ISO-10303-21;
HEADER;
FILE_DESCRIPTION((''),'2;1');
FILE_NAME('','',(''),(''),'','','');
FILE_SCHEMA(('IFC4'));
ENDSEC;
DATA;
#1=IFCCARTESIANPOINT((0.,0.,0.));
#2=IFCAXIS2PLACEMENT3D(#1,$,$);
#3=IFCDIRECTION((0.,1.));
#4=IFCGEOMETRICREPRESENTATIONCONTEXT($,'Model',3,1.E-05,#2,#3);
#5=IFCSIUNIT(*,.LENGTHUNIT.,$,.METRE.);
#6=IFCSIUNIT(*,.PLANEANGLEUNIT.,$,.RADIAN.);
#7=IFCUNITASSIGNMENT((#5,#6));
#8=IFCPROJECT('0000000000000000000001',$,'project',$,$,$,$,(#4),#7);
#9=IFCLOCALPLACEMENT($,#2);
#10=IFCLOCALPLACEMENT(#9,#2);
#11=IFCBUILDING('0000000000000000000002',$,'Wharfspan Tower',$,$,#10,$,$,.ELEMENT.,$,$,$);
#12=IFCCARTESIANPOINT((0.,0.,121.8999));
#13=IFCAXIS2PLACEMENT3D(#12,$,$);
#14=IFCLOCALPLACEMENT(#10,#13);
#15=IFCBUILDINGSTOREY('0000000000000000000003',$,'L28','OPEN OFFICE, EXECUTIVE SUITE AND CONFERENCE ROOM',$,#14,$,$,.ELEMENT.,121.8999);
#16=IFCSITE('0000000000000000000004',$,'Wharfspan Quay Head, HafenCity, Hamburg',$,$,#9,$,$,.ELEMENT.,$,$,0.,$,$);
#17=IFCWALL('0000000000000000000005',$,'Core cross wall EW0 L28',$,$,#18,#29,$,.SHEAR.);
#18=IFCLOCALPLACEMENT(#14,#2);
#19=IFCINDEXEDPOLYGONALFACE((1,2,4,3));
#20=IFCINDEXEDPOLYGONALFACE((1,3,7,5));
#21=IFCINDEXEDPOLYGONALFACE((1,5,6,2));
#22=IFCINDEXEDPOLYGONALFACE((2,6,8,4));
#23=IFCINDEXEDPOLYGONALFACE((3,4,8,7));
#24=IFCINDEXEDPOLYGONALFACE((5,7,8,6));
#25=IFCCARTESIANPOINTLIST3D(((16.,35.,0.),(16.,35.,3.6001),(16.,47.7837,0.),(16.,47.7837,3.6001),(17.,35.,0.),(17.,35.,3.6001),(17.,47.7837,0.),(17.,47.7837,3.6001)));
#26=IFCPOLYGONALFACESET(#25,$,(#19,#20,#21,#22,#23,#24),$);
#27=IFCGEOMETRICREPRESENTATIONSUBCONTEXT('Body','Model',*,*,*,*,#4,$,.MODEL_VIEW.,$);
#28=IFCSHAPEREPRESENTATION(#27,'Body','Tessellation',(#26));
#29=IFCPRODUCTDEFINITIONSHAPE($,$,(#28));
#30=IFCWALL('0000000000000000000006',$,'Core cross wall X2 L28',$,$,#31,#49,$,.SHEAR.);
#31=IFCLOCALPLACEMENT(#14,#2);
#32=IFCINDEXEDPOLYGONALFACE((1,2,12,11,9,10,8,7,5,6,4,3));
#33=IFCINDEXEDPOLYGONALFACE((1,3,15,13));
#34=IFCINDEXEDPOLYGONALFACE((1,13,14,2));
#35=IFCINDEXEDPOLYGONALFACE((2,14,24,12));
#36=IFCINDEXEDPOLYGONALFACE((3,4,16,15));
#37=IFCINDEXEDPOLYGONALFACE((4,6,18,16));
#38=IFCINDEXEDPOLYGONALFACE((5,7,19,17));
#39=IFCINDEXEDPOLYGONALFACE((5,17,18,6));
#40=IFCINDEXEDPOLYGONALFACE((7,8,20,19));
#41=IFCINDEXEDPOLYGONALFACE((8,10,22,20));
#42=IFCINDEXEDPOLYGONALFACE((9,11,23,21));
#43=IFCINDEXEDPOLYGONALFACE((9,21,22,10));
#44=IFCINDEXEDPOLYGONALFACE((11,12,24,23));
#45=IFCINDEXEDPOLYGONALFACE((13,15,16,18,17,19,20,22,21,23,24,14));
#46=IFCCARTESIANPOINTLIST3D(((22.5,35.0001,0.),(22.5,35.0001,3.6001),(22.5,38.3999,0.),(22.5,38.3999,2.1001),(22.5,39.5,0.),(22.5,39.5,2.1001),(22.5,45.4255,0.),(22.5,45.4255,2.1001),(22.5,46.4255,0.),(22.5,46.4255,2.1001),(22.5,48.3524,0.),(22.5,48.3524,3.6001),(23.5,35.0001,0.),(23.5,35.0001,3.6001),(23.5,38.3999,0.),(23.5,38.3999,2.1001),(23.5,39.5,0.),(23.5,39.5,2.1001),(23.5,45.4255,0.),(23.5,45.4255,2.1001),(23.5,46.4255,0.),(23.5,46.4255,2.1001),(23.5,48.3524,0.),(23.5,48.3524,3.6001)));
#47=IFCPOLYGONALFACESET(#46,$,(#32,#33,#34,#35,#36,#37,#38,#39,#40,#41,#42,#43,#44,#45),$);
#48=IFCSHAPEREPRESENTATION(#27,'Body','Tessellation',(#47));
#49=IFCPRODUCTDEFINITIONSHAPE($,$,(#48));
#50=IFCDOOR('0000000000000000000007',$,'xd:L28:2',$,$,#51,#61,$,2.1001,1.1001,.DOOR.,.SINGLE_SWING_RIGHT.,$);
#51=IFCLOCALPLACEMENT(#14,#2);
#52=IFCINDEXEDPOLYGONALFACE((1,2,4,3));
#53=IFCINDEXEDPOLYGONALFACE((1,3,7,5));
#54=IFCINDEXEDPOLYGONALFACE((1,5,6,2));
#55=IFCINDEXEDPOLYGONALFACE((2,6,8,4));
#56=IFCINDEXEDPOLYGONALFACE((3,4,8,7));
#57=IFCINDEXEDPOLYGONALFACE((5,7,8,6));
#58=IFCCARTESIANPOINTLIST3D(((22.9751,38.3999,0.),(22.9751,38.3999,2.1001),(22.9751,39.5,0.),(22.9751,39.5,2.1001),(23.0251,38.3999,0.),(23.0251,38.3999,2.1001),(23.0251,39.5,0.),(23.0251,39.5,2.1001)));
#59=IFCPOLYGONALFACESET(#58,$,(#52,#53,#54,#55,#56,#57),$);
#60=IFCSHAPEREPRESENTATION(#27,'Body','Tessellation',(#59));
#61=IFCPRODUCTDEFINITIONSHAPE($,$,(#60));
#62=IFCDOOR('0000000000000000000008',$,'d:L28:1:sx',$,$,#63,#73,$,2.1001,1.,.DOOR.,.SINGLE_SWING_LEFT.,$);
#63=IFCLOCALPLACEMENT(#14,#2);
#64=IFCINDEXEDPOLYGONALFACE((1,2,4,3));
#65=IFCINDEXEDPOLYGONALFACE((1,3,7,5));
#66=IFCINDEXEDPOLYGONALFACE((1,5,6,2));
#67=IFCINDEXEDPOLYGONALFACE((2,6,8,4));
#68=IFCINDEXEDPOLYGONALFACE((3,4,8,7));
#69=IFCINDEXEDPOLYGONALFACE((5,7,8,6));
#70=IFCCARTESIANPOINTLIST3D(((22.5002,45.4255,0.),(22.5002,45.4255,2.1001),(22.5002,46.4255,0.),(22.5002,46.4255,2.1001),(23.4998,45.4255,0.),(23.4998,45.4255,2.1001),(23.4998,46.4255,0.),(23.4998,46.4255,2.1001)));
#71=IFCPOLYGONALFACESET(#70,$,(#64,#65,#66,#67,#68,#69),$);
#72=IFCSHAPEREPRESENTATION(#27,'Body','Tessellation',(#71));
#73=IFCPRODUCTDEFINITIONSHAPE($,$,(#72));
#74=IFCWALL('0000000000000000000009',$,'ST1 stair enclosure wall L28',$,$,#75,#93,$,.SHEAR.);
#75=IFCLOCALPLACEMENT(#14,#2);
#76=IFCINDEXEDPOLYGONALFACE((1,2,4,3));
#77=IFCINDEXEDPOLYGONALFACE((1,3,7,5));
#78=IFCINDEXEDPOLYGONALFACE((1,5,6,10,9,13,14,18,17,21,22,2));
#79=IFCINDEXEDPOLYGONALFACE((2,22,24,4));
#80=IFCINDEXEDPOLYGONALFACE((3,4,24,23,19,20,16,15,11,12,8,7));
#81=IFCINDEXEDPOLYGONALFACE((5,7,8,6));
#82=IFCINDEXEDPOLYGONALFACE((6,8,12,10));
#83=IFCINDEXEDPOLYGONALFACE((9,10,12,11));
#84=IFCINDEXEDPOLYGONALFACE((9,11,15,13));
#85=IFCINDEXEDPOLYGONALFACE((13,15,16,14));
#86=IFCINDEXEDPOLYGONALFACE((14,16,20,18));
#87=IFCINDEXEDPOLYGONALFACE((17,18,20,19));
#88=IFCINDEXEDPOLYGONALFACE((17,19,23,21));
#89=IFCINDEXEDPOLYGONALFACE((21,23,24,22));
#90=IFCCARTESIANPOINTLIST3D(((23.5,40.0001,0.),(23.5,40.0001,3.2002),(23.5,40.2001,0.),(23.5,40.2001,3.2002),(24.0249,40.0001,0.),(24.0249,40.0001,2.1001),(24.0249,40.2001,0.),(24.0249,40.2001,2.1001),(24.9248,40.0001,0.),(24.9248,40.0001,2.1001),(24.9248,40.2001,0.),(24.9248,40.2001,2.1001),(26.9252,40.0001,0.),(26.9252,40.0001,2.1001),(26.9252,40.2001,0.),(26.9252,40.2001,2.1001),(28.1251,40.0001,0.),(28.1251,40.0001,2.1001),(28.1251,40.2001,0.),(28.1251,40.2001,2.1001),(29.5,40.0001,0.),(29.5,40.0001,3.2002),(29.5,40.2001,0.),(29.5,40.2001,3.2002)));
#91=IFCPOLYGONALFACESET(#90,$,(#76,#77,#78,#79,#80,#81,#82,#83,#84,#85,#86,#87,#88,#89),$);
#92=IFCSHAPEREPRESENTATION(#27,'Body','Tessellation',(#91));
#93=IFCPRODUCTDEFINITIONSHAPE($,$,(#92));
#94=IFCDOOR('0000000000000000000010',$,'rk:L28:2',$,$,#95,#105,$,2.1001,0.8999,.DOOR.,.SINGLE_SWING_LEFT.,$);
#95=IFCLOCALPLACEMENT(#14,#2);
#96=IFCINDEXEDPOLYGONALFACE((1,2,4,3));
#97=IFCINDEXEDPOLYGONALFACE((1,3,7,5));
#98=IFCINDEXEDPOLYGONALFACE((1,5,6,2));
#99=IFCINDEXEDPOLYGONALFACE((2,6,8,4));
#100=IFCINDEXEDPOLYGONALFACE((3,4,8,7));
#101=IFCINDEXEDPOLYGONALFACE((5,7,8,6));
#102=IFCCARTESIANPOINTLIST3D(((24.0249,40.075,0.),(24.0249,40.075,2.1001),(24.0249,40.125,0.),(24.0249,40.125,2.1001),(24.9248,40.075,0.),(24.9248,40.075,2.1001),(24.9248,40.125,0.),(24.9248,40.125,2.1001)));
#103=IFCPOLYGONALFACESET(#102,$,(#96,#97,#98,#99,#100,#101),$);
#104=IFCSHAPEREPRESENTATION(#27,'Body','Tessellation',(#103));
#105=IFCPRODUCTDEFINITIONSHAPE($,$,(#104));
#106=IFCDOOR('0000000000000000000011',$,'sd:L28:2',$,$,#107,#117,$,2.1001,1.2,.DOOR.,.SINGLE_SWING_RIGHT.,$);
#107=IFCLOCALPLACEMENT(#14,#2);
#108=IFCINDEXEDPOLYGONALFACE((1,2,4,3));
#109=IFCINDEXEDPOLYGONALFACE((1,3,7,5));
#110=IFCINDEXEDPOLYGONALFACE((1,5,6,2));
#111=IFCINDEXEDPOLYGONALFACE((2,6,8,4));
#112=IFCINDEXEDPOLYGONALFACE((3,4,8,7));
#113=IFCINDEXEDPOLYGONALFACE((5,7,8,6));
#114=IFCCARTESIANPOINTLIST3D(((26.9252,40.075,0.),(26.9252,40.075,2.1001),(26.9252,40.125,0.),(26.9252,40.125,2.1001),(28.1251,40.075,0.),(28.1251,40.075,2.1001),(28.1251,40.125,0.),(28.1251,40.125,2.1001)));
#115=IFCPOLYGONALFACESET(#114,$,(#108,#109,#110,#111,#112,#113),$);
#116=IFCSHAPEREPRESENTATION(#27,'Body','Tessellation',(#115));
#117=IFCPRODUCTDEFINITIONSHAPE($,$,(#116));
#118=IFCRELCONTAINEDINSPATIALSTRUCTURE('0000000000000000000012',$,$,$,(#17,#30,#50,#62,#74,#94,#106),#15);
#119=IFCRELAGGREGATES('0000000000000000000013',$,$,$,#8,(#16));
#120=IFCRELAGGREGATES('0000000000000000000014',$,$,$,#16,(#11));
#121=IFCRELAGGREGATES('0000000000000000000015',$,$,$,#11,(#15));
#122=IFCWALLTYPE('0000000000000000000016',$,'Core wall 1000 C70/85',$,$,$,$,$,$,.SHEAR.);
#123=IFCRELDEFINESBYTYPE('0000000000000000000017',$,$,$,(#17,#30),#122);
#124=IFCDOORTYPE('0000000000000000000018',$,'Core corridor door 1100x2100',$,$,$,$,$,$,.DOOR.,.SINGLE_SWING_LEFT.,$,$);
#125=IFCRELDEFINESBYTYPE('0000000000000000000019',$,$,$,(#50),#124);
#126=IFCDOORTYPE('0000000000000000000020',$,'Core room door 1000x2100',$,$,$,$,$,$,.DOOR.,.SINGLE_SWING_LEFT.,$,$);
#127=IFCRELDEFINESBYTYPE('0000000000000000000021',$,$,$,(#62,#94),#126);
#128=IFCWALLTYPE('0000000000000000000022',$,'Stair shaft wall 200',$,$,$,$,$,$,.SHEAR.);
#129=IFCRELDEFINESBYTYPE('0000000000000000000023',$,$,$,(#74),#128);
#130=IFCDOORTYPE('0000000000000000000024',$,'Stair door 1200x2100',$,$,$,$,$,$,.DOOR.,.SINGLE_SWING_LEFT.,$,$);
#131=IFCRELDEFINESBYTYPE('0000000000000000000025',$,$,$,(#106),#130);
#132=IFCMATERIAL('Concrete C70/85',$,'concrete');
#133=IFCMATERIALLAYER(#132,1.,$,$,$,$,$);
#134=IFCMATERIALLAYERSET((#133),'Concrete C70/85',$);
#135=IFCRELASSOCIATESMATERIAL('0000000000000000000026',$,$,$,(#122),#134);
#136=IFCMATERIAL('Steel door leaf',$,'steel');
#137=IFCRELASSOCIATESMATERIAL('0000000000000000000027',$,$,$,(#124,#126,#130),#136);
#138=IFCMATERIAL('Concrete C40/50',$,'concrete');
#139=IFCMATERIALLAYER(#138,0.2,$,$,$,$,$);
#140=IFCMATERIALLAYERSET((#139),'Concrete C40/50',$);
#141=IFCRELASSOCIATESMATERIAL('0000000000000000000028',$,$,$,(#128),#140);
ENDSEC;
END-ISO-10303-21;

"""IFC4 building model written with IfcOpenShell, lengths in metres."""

from ifc_helpers import new_model, si_unit, direction, frame, frame_2d, origin, place, context, subcontext, project, spatial, rectangle, extrude, material, layer, layer_set, type_object, element, fill, save


model = new_model("IFC4")

# Units and contexts
model_context = context("Model", 3, precision=1e-05, world=origin(), true_north=direction((0.0, 1.0)))
body_context = subcontext(model_context, "Body", "Model", "MODEL_VIEW")
ifc_project = project(units=[si_unit("LENGTHUNIT", "METRE"), si_unit("PLANEANGLEUNIT", "RADIAN")], contexts=[model_context])

# Site, building, storey
site_placement = place(None, origin())
site = spatial("IfcSite", under=ifc_project, at=site_placement, Name="Wharfspan Quay Head, HafenCity, Hamburg", CompositionType="ELEMENT", RefElevation=0.0)
building_placement = place(site_placement, origin())
building = spatial("IfcBuilding", under=site, at=building_placement, Name="Wharfspan Tower", CompositionType="ELEMENT")
storey_placement = place(building_placement, frame((0.0, 0.0, 121.8999)))
storey = spatial("IfcBuildingStorey", under=building, at=storey_placement, Name="L28", Description="OPEN OFFICE, EXECUTIVE SUITE AND CONFERENCE ROOM", CompositionType="ELEMENT", Elevation=121.8999)

# Wall
ifc_material_1 = material(Name="Concrete C70/85", Category="concrete")
ifc_layer_1 = layer(ifc_material_1, 1.0)
ifc_layer_set_1 = layer_set([ifc_layer_1], Name="Concrete C70/85")
wall_type_1 = type_object("IfcWallType", Name="Core wall 1000 C70/85", PredefinedType="SHEAR", material=ifc_layer_set_1)
wall_1_placement = place(storey_placement, frame((16.5, 35.0, 0.0), z_axis=(0.0, 0.0, 1.0), x_axis=(0.0, 1.0, 0.0)))
element("IfcWall", 1, at=wall_1_placement, inside=storey, type_object=wall_type_1, Name="Core cross wall EW0 L28", PredefinedType="SHEAR", context=body_context, shape_type="SweptSolid", body=[
    extrude(rectangle(XDim=12.7837, YDim=1.0, at=frame_2d((6.3918, 0.0))), origin(), (0.0, 0.0, 1.0), 3.6001),
])

# Walls, openings, doors
wall_2_placement = place(storey_placement, frame((23.0, 35.0, 0.0), z_axis=(0.0, 0.0, 1.0), x_axis=(0.0, 1.0, 0.0)))
wall_2 = element("IfcWall", 2, at=wall_2_placement, inside=storey, type_object=wall_type_1, Name="Core cross wall X2 L28", PredefinedType="SHEAR", context=body_context, shape_type="SweptSolid", body=[
    extrude(rectangle(XDim=13.3523, YDim=1.0, at=frame_2d((6.6763, 0.0))), origin(), (0.0, 0.0, 1.0), 3.6001),
])
opening_1_placement = place(wall_2_placement, frame((10.4255, 0.0, 0.0)))
opening_1 = element("IfcOpeningElement", 3, at=opening_1_placement, cuts=wall_2, PredefinedType="OPENING", context=body_context, shape_type="SweptSolid", body=[
    extrude(rectangle(XDim=1.0, YDim=2.1001, at=frame_2d((0.5, 1.05))), frame((0.0, 0.51, 0.0), z_axis=(0.0, -1.0, 0.0), x_axis=(1.0, 0.0, 0.0)), (0.0, 0.0, 1.0), 1.02),
])
opening_2_placement = place(wall_2_placement, frame((3.3999, 0.0, 0.0)))
opening_2 = element("IfcOpeningElement", 4, at=opening_2_placement, cuts=wall_2, PredefinedType="OPENING", context=body_context, shape_type="SweptSolid", body=[
    extrude(rectangle(XDim=1.1001, YDim=2.1001, at=frame_2d((0.55, 1.05))), frame((0.0, 0.51, 0.0), z_axis=(0.0, -1.0, 0.0), x_axis=(1.0, 0.0, 0.0)), (0.0, 0.0, 1.0), 1.02),
])
ifc_material_2 = material(Name="Steel door leaf", Category="steel")
door_type_1 = type_object("IfcDoorType", Name="Core corridor door 1100x2100", OperationType="SINGLE_SWING_LEFT", PredefinedType="DOOR", material=ifc_material_2)
door_1_placement = place(opening_2_placement, origin())
door_1 = element("IfcDoor", 5, at=door_1_placement, inside=storey, type_object=door_type_1, Name="xd:L28:2", OperationType="SINGLE_SWING_RIGHT", OverallHeight=2.1001, OverallWidth=1.1001, PredefinedType="DOOR", context=body_context, shape_type="SweptSolid", body=[
    extrude(rectangle(XDim=1.1001, YDim=2.1001, at=frame_2d((0.55, 1.05))), frame((0.0, 0.0249, 0.0), z_axis=(0.0, -1.0, 0.0), x_axis=(1.0, 0.0, 0.0)), (0.0, 0.0, 1.0), 0.05),
])
fill(opening_2, door_1)
door_type_2 = type_object("IfcDoorType", Name="Core room door 1000x2100", OperationType="SINGLE_SWING_LEFT", PredefinedType="DOOR", material=ifc_material_2)
door_2_placement = place(opening_1_placement, origin())
door_2 = element("IfcDoor", 6, at=door_2_placement, inside=storey, type_object=door_type_2, Name="d:L28:1:sx", OperationType="SINGLE_SWING_LEFT", OverallHeight=2.1001, OverallWidth=1.0, PredefinedType="DOOR", context=body_context, shape_type="SweptSolid", body=[
    extrude(rectangle(XDim=1.0, YDim=2.1001, at=frame_2d((0.5, 1.05))), frame((0.0, 0.4998, 0.0), z_axis=(0.0, -1.0, 0.0), x_axis=(1.0, 0.0, 0.0)), (0.0, 0.0, 1.0), 0.9995),
])
fill(opening_1, door_2)
ifc_material_3 = material(Name="Concrete C40/50", Category="concrete")
ifc_layer_2 = layer(ifc_material_3, 0.2)
ifc_layer_set_2 = layer_set([ifc_layer_2], Name="Concrete C40/50")
wall_type_2 = type_object("IfcWallType", Name="Stair shaft wall 200", PredefinedType="SHEAR", material=ifc_layer_set_2)
wall_3_placement = place(storey_placement, frame((23.5, 40.1001, 0.0), z_axis=(0.0, 0.0, 1.0), x_axis=(1.0, 0.0, 0.0)))
wall_3 = element("IfcWall", 7, at=wall_3_placement, inside=storey, type_object=wall_type_2, Name="ST1 stair enclosure wall L28", PredefinedType="SHEAR", context=body_context, shape_type="SweptSolid", body=[
    extrude(rectangle(XDim=6.0, YDim=0.2, at=frame_2d((3.0, 0.0))), origin(), (0.0, 0.0, 1.0), 3.2002),
])
opening_3_placement = place(wall_3_placement, frame((3.425, 0.0, 0.0)))
opening_3 = element("IfcOpeningElement", 8, at=opening_3_placement, cuts=wall_3, PredefinedType="OPENING", context=body_context, shape_type="SweptSolid", body=[
    extrude(rectangle(XDim=1.2, YDim=2.1001, at=frame_2d((0.6001, 1.05))), frame((0.0, 0.1099, 0.0), z_axis=(0.0, -1.0, 0.0), x_axis=(1.0, 0.0, 0.0)), (0.0, 0.0, 1.0), 0.22),
])
opening_4_placement = place(wall_3_placement, frame((0.5249, 0.0, 0.0)))
opening_4 = element("IfcOpeningElement", 9, at=opening_4_placement, cuts=wall_3, PredefinedType="OPENING", context=body_context, shape_type="SweptSolid", body=[
    extrude(rectangle(XDim=0.8999, YDim=2.1001, at=frame_2d((0.45, 1.05))), frame((0.0, 0.1099, 0.0), z_axis=(0.0, -1.0, 0.0), x_axis=(1.0, 0.0, 0.0)), (0.0, 0.0, 1.0), 0.22),
])
door_3_placement = place(opening_4_placement, origin())
door_3 = element("IfcDoor", 10, at=door_3_placement, inside=storey, type_object=door_type_2, Name="rk:L28:2", OperationType="SINGLE_SWING_LEFT", OverallHeight=2.1001, OverallWidth=0.8999, PredefinedType="DOOR", context=body_context, shape_type="SweptSolid", body=[
    extrude(rectangle(XDim=0.8999, YDim=2.1001, at=frame_2d((0.45, 1.05))), frame((0.0, 0.0249, 0.0), z_axis=(0.0, -1.0, 0.0), x_axis=(1.0, 0.0, 0.0)), (0.0, 0.0, 1.0), 0.05),
])
fill(opening_4, door_3)
door_type_3 = type_object("IfcDoorType", Name="Stair door 1200x2100", OperationType="SINGLE_SWING_LEFT", PredefinedType="DOOR", material=ifc_material_2)
door_4_placement = place(opening_3_placement, origin())
door_4 = element("IfcDoor", 11, at=door_4_placement, inside=storey, type_object=door_type_3, Name="sd:L28:2", OperationType="SINGLE_SWING_RIGHT", OverallHeight=2.1001, OverallWidth=1.2, PredefinedType="DOOR", context=body_context, shape_type="SweptSolid", body=[
    extrude(rectangle(XDim=1.2, YDim=2.1001, at=frame_2d((0.6001, 1.05))), frame((0.0, 0.0249, 0.0), z_axis=(0.0, -1.0, 0.0), x_axis=(1.0, 0.0, 0.0)), (0.0, 0.0, 1.0), 0.05),
])
fill(opening_3, door_4)

save(model, "model.ifc")
